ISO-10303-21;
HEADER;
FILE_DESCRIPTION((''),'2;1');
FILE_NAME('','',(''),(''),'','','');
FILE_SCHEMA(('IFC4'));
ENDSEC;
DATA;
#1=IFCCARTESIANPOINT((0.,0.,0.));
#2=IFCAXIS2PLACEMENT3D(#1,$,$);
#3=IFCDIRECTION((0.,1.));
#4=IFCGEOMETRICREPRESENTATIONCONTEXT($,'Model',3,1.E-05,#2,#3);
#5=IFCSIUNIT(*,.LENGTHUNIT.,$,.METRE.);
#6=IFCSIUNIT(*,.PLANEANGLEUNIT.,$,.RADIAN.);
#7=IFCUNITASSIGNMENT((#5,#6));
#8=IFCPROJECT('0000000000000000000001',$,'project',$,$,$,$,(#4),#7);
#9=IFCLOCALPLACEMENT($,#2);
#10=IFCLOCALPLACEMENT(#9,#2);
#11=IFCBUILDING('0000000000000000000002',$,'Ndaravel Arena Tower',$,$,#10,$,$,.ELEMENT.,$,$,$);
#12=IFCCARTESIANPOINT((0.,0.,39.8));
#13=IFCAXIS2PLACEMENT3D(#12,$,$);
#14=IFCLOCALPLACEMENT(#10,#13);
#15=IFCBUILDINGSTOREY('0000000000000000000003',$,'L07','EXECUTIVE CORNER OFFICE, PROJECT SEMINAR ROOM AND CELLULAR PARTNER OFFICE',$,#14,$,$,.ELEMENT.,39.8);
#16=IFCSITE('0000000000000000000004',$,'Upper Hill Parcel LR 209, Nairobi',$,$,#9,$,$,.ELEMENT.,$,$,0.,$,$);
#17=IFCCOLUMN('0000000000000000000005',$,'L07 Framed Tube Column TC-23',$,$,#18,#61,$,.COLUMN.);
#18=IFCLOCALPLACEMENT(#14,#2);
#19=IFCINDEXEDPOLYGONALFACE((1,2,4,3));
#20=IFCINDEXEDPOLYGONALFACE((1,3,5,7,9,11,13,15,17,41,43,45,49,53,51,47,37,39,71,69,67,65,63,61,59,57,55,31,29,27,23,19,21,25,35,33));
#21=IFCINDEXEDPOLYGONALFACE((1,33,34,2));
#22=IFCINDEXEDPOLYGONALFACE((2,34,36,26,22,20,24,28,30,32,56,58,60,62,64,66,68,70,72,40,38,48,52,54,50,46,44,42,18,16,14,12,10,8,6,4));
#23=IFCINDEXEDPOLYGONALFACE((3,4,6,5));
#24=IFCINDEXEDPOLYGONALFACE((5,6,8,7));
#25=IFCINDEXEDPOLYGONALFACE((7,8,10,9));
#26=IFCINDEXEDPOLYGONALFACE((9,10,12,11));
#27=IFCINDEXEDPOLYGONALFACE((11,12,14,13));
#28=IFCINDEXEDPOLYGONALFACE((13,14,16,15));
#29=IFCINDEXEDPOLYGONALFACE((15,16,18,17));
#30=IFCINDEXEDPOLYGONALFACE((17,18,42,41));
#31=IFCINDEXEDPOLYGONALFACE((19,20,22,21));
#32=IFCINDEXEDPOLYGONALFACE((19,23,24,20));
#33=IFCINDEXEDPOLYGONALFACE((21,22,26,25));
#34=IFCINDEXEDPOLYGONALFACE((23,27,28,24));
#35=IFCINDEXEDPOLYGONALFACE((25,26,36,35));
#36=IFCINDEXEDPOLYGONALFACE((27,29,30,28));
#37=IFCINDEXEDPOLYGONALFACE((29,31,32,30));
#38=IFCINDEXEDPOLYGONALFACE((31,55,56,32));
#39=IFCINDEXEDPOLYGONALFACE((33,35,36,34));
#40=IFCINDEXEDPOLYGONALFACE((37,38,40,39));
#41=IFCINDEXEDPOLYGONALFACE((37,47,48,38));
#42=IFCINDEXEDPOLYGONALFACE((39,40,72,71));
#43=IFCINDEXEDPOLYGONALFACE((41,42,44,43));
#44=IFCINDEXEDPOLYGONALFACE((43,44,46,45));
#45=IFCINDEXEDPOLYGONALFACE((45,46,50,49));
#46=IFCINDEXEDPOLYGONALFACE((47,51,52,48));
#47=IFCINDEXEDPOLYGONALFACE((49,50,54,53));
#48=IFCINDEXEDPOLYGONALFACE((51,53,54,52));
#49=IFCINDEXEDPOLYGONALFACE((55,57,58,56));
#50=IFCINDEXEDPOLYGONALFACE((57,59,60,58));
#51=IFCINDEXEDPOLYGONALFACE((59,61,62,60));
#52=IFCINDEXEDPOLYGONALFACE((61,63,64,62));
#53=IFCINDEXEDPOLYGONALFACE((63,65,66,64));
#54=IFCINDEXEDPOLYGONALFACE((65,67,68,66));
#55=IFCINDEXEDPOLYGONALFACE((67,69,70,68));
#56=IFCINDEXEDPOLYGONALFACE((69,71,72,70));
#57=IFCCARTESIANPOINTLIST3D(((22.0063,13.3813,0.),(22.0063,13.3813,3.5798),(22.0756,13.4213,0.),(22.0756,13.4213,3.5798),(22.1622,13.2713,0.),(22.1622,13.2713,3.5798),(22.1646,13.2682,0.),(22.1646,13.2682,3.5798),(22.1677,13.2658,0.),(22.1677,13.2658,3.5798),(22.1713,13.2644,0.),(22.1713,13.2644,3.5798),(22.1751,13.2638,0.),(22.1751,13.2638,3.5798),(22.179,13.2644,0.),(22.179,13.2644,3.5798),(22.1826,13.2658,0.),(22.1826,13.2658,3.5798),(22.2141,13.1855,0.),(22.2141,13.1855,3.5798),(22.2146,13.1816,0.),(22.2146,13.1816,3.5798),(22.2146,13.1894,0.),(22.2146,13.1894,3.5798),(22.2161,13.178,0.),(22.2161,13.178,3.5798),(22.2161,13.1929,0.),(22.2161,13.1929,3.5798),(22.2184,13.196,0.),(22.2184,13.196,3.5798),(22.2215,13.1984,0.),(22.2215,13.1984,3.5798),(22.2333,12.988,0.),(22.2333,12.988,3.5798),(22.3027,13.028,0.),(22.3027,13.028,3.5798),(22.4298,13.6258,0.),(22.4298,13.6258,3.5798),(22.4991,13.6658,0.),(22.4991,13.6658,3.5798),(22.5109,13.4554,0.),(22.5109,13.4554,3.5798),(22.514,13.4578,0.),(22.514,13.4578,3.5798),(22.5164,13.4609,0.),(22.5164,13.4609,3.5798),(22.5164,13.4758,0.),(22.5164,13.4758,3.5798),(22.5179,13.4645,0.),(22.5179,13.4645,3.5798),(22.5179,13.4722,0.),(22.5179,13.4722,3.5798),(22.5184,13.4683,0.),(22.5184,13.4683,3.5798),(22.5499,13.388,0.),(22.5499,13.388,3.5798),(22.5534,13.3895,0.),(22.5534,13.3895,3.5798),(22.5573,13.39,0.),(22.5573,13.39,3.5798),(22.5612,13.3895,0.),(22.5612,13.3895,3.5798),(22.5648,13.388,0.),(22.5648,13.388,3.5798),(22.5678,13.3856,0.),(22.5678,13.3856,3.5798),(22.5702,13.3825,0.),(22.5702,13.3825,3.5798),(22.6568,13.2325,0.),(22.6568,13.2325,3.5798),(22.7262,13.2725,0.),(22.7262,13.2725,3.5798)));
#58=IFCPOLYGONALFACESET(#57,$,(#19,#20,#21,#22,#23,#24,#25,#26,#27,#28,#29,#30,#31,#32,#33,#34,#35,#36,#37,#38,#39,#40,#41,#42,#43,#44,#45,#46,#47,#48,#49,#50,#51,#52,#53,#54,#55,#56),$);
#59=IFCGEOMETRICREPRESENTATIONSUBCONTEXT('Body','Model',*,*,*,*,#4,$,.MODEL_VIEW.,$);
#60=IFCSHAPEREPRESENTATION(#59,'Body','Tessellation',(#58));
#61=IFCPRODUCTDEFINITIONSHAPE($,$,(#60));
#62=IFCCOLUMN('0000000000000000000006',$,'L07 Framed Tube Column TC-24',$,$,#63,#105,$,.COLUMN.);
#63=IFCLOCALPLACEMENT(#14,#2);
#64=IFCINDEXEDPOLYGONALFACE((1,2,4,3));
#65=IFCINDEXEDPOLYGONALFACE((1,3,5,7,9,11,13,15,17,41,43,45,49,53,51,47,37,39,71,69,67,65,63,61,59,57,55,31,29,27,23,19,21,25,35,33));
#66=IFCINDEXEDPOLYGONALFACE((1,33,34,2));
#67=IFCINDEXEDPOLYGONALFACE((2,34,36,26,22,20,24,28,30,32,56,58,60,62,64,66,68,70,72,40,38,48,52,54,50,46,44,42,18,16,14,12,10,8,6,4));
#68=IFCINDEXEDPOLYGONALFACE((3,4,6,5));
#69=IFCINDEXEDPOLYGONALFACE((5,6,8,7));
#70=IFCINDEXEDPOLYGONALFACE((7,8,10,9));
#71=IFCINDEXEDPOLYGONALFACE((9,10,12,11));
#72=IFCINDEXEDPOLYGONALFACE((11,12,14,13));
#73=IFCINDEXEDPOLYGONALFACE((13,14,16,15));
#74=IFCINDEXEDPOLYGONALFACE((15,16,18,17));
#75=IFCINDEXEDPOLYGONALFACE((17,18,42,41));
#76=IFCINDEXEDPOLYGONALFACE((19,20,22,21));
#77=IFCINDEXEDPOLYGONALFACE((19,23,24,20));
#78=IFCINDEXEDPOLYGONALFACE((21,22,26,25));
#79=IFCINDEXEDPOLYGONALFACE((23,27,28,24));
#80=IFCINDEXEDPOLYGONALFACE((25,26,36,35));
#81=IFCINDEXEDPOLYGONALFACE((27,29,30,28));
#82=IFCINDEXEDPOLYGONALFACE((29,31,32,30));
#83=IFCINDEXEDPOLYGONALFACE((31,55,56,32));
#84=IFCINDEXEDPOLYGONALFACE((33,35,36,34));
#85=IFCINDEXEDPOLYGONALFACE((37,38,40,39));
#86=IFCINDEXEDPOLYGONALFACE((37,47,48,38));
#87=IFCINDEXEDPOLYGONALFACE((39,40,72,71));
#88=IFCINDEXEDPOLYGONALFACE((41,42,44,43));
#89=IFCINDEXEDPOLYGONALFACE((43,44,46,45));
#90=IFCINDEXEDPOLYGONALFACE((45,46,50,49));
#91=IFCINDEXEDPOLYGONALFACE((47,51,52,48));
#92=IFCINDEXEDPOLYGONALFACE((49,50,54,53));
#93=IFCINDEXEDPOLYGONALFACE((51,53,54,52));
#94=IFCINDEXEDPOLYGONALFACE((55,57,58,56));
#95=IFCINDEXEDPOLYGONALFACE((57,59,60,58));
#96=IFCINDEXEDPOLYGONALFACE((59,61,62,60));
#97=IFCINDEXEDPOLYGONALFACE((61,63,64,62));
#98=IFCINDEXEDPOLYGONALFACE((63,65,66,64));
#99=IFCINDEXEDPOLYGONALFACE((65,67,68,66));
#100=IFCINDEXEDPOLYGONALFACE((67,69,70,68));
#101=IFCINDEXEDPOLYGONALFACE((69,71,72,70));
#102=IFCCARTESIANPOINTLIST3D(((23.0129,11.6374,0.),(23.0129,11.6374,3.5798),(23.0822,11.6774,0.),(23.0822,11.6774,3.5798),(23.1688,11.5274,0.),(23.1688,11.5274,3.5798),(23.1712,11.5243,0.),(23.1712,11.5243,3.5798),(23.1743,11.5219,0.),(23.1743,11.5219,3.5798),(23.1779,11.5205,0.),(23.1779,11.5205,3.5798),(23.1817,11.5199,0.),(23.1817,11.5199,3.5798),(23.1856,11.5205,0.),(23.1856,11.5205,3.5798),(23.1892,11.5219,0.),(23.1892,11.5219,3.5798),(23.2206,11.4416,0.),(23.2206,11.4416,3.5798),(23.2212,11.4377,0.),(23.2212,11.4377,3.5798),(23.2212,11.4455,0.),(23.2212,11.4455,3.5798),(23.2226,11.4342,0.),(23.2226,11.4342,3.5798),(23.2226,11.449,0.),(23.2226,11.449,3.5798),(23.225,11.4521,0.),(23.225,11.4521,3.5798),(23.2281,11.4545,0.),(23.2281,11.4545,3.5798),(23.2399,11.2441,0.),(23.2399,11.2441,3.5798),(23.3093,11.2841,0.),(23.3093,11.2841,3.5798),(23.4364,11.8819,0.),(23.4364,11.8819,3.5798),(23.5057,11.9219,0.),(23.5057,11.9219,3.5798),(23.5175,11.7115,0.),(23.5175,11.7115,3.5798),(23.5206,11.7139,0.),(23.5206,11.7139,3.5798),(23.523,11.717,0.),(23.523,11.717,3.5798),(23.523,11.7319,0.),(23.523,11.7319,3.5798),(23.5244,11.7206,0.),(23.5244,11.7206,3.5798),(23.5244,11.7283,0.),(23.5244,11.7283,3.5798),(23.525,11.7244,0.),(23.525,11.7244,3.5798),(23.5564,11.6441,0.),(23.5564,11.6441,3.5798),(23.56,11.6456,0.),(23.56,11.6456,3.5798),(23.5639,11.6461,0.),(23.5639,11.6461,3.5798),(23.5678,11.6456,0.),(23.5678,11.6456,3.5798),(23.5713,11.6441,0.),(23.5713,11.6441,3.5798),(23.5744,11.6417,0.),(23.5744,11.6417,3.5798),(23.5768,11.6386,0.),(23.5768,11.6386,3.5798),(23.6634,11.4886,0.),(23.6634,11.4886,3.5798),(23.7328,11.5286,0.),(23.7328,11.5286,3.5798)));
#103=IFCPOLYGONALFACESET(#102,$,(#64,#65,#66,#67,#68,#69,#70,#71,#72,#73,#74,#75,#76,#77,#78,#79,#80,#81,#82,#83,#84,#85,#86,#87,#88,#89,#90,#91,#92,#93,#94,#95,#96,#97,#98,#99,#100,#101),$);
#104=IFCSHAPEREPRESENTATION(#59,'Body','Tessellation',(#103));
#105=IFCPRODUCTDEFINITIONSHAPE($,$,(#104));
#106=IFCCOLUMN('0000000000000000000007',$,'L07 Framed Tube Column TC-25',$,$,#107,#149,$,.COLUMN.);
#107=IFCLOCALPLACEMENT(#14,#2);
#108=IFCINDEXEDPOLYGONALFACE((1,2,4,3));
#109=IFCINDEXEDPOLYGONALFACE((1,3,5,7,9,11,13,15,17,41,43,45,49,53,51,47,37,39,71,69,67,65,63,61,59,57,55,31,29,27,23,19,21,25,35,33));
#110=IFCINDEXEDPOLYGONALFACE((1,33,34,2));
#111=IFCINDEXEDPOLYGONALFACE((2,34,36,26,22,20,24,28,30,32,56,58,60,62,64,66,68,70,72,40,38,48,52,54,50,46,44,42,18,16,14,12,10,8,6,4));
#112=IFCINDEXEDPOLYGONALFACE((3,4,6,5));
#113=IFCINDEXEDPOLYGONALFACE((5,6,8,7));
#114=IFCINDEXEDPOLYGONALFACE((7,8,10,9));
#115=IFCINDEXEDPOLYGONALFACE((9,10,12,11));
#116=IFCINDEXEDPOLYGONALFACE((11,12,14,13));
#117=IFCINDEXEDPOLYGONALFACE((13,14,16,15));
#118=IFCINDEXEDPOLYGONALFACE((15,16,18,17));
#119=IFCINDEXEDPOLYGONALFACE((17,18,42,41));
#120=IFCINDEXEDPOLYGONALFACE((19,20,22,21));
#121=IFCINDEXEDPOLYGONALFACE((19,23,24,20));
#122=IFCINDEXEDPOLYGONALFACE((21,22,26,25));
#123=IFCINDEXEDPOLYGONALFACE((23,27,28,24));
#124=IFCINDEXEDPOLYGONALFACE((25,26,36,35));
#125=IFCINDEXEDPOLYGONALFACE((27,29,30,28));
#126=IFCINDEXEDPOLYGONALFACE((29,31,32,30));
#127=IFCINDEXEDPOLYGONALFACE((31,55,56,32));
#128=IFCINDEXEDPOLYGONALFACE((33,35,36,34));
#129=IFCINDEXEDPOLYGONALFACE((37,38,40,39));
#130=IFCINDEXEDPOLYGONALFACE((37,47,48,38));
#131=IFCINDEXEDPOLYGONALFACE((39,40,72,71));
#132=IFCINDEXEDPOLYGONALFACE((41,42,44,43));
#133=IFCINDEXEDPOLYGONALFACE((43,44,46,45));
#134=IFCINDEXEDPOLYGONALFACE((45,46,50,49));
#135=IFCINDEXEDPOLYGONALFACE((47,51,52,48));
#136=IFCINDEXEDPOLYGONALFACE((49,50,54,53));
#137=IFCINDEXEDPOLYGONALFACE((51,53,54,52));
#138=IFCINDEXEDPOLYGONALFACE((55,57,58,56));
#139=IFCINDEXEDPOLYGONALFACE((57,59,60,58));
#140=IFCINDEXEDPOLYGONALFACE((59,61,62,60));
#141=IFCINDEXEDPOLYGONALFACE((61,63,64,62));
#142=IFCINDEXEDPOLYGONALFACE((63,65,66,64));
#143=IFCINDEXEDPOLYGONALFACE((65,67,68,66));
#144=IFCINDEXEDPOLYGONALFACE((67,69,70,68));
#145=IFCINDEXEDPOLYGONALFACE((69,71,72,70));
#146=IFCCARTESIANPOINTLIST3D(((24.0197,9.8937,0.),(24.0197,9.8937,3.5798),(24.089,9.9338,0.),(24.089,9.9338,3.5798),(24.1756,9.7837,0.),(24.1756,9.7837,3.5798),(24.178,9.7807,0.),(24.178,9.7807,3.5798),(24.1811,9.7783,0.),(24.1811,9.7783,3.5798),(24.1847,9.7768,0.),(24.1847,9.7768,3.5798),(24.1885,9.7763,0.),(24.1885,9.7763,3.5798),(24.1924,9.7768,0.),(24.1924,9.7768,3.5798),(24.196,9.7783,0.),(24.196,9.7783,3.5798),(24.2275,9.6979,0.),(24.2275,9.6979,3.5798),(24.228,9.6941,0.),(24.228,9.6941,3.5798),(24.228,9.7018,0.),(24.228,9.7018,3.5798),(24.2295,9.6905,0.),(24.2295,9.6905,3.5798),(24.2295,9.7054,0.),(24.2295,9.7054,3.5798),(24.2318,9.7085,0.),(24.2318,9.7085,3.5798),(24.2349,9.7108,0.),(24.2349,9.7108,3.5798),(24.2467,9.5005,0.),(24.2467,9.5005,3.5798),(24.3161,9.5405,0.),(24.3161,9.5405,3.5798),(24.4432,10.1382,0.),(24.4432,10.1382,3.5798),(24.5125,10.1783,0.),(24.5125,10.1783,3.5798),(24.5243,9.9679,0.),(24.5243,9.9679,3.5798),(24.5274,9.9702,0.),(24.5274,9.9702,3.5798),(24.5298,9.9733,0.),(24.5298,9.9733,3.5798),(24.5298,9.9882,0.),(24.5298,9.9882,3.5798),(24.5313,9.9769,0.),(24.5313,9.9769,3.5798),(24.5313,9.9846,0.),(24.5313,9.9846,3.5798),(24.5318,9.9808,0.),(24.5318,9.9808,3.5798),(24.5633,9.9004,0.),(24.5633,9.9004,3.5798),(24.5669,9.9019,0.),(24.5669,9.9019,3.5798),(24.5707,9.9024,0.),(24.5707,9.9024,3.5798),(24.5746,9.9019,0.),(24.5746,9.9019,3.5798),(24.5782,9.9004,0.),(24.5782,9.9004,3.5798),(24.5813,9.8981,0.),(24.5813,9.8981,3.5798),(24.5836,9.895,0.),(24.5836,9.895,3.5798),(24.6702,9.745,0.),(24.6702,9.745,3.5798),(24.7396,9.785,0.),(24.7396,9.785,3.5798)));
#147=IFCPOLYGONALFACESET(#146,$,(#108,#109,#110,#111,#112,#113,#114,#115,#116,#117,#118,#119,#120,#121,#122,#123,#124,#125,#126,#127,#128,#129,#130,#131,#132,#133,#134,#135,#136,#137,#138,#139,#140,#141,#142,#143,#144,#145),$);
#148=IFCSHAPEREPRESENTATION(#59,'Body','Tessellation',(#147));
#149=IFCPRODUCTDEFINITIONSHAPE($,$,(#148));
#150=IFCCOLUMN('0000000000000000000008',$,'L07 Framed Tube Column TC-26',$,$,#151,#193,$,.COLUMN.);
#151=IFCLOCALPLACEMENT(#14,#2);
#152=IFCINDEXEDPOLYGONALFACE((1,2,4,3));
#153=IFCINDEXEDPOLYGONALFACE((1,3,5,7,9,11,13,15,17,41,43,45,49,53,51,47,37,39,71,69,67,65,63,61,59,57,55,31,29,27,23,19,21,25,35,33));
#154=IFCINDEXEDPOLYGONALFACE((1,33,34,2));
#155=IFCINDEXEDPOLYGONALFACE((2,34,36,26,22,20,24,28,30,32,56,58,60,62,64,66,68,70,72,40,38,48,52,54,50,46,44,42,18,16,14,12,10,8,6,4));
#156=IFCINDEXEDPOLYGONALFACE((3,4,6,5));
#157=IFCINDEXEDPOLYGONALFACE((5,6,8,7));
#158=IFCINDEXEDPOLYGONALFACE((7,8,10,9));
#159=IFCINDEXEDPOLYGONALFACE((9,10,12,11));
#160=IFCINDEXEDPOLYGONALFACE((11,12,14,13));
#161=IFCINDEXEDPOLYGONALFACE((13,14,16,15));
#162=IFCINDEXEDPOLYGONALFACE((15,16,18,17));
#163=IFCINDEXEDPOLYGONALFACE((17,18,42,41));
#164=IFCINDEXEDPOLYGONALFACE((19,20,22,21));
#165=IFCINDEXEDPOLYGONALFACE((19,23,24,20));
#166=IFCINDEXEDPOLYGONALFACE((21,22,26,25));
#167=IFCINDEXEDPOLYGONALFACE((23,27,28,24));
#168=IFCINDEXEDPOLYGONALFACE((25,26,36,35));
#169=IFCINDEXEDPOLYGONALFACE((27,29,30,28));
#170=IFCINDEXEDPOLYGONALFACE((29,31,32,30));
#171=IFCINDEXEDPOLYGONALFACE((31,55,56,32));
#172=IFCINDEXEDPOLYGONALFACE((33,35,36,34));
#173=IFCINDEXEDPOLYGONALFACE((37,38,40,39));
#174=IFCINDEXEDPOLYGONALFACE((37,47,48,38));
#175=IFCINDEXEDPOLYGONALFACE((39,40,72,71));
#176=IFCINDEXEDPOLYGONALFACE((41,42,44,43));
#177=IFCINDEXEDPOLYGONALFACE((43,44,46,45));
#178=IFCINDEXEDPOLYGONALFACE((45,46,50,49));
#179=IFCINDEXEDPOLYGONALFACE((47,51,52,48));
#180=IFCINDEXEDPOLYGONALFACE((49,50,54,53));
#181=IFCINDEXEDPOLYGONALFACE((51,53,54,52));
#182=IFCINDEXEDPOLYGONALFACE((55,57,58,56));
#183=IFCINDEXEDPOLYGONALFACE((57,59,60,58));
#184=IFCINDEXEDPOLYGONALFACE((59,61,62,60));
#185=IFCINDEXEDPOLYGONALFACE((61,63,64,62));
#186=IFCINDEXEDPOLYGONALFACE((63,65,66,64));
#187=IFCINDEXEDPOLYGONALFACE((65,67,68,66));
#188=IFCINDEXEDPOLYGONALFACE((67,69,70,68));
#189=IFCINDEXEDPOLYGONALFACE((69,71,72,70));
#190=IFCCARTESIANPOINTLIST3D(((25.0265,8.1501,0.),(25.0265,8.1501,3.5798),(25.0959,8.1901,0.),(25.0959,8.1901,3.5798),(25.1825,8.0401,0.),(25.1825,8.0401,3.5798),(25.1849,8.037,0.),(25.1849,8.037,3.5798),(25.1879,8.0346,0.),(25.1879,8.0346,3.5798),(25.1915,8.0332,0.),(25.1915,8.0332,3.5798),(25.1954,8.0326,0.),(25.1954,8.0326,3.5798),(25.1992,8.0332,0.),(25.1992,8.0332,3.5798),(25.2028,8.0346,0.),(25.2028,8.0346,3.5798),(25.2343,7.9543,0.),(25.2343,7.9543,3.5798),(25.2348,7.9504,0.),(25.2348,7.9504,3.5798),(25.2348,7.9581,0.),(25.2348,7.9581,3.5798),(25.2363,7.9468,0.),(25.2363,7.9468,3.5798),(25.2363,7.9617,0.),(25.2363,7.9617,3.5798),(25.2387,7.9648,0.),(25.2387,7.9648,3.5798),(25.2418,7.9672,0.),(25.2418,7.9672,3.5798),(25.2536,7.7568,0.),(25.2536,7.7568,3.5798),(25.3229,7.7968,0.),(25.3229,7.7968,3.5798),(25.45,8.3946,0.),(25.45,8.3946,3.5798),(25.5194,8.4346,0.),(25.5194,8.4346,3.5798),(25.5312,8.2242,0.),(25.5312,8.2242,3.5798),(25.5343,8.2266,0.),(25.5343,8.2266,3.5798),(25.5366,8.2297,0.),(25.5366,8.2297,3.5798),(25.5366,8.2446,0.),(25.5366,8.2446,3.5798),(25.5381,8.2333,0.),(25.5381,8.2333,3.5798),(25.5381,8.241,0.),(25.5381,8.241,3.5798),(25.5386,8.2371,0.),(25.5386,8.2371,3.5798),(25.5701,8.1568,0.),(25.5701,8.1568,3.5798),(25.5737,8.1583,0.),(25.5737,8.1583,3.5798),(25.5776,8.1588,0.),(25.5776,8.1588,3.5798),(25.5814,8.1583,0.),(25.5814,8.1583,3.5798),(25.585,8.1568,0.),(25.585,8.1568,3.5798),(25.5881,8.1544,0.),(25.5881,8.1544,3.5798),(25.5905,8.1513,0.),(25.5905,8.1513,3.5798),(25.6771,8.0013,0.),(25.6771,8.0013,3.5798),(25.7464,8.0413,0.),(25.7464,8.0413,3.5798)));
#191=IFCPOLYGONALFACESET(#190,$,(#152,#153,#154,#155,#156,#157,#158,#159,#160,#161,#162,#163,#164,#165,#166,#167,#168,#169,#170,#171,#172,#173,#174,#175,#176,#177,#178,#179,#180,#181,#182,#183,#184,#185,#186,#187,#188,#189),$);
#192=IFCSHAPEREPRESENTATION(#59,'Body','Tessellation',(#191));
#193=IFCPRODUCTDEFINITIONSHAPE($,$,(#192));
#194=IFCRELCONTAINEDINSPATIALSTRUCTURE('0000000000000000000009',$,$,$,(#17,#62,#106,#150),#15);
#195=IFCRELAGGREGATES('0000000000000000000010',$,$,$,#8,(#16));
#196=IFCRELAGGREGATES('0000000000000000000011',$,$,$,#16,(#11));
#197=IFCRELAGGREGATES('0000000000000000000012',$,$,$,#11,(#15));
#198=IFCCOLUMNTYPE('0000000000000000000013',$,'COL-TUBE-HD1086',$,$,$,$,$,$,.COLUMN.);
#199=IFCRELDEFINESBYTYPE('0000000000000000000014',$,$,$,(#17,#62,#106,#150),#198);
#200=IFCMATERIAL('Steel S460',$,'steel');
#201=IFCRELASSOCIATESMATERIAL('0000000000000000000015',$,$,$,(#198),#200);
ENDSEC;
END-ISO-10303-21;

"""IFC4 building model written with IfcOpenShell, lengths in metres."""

from ifc_helpers import new_model, si_unit, direction, frame, origin, origin_2d, place, context, subcontext, project, spatial, i_section, extrude, material, material_profile, profile_set, type_object, element, save


model = new_model("IFC4")

# Units and contexts
model_context = context("Model", 3, precision=1e-05, world=origin(), true_north=direction((0.0, 1.0)))
body_context = subcontext(model_context, "Body", "Model", "MODEL_VIEW")
ifc_project = project(units=[si_unit("LENGTHUNIT", "METRE"), si_unit("PLANEANGLEUNIT", "RADIAN")], contexts=[model_context])

# Site, building, storey
site_placement = place(None, origin())
site = spatial("IfcSite", under=ifc_project, at=site_placement, Name="Upper Hill Parcel LR 209, Nairobi", CompositionType="ELEMENT", RefElevation=0.0)
building_placement = place(site_placement, origin())
building = spatial("IfcBuilding", under=site, at=building_placement, Name="Ndaravel Arena Tower", CompositionType="ELEMENT")
storey_placement = place(building_placement, frame((0.0, 0.0, 39.8)))
storey = spatial("IfcBuildingStorey", under=building, at=storey_placement, Name="L07", Description="EXECUTIVE CORNER OFFICE, PROJECT SEMINAR ROOM AND CELLULAR PARTNER OFFICE", CompositionType="ELEMENT", Elevation=39.8)

# Columns
ifc_material_1 = material(Name="Steel S460", Category="steel")
ifc_material_profile_1 = material_profile(ifc_material_1, i_section(OverallWidth=0.4541, OverallDepth=0.5691, WebThickness=0.0779, FlangeThickness=0.0801, FilletRadius=0.0149, at=origin_2d()), Name="HD 400x1086")
ifc_profile_set_1 = profile_set([ifc_material_profile_1], Name="Steel S460")
column_type = type_object("IfcColumnType", Name="COL-TUBE-HD1086", PredefinedType="COLUMN", material=ifc_profile_set_1)
for number, where, z_axis, x_axis, name in (
    (1, (22.3662, 13.3269, 0.0), (0.0, 0.0, 1.0), (-0.5, 0.866025, 0.0), "L07 Framed Tube Column TC-23"),
    (2, (23.3728, 11.583, 0.0), (0.0, 0.0, 1.0), (-0.5, 0.866025, 0.0), "L07 Framed Tube Column TC-24"),
    (3, (24.3796, 9.8394, 0.0), (0.0, 0.0, 1.0), (-0.5, 0.866025, 0.0), "L07 Framed Tube Column TC-25"),
    (4, (25.3865, 8.0957, 0.0), (0.0, 0.0, 1.0), (-0.5, 0.866025, 0.0), "L07 Framed Tube Column TC-26"),
):
    element("IfcColumn", number, at=place(storey_placement, frame(where, z_axis=z_axis, x_axis=x_axis)), inside=storey, type_object=column_type, Name=name, PredefinedType="COLUMN", context=body_context, shape_type="SweptSolid", body=[
        extrude(i_section(OverallWidth=0.4541, OverallDepth=0.5691, WebThickness=0.0779, FlangeThickness=0.0801, FilletRadius=0.0149, at=origin_2d()), origin(), (0.0, 0.0, 1.0), 3.5798),
    ])

save(model, "model.ifc")
